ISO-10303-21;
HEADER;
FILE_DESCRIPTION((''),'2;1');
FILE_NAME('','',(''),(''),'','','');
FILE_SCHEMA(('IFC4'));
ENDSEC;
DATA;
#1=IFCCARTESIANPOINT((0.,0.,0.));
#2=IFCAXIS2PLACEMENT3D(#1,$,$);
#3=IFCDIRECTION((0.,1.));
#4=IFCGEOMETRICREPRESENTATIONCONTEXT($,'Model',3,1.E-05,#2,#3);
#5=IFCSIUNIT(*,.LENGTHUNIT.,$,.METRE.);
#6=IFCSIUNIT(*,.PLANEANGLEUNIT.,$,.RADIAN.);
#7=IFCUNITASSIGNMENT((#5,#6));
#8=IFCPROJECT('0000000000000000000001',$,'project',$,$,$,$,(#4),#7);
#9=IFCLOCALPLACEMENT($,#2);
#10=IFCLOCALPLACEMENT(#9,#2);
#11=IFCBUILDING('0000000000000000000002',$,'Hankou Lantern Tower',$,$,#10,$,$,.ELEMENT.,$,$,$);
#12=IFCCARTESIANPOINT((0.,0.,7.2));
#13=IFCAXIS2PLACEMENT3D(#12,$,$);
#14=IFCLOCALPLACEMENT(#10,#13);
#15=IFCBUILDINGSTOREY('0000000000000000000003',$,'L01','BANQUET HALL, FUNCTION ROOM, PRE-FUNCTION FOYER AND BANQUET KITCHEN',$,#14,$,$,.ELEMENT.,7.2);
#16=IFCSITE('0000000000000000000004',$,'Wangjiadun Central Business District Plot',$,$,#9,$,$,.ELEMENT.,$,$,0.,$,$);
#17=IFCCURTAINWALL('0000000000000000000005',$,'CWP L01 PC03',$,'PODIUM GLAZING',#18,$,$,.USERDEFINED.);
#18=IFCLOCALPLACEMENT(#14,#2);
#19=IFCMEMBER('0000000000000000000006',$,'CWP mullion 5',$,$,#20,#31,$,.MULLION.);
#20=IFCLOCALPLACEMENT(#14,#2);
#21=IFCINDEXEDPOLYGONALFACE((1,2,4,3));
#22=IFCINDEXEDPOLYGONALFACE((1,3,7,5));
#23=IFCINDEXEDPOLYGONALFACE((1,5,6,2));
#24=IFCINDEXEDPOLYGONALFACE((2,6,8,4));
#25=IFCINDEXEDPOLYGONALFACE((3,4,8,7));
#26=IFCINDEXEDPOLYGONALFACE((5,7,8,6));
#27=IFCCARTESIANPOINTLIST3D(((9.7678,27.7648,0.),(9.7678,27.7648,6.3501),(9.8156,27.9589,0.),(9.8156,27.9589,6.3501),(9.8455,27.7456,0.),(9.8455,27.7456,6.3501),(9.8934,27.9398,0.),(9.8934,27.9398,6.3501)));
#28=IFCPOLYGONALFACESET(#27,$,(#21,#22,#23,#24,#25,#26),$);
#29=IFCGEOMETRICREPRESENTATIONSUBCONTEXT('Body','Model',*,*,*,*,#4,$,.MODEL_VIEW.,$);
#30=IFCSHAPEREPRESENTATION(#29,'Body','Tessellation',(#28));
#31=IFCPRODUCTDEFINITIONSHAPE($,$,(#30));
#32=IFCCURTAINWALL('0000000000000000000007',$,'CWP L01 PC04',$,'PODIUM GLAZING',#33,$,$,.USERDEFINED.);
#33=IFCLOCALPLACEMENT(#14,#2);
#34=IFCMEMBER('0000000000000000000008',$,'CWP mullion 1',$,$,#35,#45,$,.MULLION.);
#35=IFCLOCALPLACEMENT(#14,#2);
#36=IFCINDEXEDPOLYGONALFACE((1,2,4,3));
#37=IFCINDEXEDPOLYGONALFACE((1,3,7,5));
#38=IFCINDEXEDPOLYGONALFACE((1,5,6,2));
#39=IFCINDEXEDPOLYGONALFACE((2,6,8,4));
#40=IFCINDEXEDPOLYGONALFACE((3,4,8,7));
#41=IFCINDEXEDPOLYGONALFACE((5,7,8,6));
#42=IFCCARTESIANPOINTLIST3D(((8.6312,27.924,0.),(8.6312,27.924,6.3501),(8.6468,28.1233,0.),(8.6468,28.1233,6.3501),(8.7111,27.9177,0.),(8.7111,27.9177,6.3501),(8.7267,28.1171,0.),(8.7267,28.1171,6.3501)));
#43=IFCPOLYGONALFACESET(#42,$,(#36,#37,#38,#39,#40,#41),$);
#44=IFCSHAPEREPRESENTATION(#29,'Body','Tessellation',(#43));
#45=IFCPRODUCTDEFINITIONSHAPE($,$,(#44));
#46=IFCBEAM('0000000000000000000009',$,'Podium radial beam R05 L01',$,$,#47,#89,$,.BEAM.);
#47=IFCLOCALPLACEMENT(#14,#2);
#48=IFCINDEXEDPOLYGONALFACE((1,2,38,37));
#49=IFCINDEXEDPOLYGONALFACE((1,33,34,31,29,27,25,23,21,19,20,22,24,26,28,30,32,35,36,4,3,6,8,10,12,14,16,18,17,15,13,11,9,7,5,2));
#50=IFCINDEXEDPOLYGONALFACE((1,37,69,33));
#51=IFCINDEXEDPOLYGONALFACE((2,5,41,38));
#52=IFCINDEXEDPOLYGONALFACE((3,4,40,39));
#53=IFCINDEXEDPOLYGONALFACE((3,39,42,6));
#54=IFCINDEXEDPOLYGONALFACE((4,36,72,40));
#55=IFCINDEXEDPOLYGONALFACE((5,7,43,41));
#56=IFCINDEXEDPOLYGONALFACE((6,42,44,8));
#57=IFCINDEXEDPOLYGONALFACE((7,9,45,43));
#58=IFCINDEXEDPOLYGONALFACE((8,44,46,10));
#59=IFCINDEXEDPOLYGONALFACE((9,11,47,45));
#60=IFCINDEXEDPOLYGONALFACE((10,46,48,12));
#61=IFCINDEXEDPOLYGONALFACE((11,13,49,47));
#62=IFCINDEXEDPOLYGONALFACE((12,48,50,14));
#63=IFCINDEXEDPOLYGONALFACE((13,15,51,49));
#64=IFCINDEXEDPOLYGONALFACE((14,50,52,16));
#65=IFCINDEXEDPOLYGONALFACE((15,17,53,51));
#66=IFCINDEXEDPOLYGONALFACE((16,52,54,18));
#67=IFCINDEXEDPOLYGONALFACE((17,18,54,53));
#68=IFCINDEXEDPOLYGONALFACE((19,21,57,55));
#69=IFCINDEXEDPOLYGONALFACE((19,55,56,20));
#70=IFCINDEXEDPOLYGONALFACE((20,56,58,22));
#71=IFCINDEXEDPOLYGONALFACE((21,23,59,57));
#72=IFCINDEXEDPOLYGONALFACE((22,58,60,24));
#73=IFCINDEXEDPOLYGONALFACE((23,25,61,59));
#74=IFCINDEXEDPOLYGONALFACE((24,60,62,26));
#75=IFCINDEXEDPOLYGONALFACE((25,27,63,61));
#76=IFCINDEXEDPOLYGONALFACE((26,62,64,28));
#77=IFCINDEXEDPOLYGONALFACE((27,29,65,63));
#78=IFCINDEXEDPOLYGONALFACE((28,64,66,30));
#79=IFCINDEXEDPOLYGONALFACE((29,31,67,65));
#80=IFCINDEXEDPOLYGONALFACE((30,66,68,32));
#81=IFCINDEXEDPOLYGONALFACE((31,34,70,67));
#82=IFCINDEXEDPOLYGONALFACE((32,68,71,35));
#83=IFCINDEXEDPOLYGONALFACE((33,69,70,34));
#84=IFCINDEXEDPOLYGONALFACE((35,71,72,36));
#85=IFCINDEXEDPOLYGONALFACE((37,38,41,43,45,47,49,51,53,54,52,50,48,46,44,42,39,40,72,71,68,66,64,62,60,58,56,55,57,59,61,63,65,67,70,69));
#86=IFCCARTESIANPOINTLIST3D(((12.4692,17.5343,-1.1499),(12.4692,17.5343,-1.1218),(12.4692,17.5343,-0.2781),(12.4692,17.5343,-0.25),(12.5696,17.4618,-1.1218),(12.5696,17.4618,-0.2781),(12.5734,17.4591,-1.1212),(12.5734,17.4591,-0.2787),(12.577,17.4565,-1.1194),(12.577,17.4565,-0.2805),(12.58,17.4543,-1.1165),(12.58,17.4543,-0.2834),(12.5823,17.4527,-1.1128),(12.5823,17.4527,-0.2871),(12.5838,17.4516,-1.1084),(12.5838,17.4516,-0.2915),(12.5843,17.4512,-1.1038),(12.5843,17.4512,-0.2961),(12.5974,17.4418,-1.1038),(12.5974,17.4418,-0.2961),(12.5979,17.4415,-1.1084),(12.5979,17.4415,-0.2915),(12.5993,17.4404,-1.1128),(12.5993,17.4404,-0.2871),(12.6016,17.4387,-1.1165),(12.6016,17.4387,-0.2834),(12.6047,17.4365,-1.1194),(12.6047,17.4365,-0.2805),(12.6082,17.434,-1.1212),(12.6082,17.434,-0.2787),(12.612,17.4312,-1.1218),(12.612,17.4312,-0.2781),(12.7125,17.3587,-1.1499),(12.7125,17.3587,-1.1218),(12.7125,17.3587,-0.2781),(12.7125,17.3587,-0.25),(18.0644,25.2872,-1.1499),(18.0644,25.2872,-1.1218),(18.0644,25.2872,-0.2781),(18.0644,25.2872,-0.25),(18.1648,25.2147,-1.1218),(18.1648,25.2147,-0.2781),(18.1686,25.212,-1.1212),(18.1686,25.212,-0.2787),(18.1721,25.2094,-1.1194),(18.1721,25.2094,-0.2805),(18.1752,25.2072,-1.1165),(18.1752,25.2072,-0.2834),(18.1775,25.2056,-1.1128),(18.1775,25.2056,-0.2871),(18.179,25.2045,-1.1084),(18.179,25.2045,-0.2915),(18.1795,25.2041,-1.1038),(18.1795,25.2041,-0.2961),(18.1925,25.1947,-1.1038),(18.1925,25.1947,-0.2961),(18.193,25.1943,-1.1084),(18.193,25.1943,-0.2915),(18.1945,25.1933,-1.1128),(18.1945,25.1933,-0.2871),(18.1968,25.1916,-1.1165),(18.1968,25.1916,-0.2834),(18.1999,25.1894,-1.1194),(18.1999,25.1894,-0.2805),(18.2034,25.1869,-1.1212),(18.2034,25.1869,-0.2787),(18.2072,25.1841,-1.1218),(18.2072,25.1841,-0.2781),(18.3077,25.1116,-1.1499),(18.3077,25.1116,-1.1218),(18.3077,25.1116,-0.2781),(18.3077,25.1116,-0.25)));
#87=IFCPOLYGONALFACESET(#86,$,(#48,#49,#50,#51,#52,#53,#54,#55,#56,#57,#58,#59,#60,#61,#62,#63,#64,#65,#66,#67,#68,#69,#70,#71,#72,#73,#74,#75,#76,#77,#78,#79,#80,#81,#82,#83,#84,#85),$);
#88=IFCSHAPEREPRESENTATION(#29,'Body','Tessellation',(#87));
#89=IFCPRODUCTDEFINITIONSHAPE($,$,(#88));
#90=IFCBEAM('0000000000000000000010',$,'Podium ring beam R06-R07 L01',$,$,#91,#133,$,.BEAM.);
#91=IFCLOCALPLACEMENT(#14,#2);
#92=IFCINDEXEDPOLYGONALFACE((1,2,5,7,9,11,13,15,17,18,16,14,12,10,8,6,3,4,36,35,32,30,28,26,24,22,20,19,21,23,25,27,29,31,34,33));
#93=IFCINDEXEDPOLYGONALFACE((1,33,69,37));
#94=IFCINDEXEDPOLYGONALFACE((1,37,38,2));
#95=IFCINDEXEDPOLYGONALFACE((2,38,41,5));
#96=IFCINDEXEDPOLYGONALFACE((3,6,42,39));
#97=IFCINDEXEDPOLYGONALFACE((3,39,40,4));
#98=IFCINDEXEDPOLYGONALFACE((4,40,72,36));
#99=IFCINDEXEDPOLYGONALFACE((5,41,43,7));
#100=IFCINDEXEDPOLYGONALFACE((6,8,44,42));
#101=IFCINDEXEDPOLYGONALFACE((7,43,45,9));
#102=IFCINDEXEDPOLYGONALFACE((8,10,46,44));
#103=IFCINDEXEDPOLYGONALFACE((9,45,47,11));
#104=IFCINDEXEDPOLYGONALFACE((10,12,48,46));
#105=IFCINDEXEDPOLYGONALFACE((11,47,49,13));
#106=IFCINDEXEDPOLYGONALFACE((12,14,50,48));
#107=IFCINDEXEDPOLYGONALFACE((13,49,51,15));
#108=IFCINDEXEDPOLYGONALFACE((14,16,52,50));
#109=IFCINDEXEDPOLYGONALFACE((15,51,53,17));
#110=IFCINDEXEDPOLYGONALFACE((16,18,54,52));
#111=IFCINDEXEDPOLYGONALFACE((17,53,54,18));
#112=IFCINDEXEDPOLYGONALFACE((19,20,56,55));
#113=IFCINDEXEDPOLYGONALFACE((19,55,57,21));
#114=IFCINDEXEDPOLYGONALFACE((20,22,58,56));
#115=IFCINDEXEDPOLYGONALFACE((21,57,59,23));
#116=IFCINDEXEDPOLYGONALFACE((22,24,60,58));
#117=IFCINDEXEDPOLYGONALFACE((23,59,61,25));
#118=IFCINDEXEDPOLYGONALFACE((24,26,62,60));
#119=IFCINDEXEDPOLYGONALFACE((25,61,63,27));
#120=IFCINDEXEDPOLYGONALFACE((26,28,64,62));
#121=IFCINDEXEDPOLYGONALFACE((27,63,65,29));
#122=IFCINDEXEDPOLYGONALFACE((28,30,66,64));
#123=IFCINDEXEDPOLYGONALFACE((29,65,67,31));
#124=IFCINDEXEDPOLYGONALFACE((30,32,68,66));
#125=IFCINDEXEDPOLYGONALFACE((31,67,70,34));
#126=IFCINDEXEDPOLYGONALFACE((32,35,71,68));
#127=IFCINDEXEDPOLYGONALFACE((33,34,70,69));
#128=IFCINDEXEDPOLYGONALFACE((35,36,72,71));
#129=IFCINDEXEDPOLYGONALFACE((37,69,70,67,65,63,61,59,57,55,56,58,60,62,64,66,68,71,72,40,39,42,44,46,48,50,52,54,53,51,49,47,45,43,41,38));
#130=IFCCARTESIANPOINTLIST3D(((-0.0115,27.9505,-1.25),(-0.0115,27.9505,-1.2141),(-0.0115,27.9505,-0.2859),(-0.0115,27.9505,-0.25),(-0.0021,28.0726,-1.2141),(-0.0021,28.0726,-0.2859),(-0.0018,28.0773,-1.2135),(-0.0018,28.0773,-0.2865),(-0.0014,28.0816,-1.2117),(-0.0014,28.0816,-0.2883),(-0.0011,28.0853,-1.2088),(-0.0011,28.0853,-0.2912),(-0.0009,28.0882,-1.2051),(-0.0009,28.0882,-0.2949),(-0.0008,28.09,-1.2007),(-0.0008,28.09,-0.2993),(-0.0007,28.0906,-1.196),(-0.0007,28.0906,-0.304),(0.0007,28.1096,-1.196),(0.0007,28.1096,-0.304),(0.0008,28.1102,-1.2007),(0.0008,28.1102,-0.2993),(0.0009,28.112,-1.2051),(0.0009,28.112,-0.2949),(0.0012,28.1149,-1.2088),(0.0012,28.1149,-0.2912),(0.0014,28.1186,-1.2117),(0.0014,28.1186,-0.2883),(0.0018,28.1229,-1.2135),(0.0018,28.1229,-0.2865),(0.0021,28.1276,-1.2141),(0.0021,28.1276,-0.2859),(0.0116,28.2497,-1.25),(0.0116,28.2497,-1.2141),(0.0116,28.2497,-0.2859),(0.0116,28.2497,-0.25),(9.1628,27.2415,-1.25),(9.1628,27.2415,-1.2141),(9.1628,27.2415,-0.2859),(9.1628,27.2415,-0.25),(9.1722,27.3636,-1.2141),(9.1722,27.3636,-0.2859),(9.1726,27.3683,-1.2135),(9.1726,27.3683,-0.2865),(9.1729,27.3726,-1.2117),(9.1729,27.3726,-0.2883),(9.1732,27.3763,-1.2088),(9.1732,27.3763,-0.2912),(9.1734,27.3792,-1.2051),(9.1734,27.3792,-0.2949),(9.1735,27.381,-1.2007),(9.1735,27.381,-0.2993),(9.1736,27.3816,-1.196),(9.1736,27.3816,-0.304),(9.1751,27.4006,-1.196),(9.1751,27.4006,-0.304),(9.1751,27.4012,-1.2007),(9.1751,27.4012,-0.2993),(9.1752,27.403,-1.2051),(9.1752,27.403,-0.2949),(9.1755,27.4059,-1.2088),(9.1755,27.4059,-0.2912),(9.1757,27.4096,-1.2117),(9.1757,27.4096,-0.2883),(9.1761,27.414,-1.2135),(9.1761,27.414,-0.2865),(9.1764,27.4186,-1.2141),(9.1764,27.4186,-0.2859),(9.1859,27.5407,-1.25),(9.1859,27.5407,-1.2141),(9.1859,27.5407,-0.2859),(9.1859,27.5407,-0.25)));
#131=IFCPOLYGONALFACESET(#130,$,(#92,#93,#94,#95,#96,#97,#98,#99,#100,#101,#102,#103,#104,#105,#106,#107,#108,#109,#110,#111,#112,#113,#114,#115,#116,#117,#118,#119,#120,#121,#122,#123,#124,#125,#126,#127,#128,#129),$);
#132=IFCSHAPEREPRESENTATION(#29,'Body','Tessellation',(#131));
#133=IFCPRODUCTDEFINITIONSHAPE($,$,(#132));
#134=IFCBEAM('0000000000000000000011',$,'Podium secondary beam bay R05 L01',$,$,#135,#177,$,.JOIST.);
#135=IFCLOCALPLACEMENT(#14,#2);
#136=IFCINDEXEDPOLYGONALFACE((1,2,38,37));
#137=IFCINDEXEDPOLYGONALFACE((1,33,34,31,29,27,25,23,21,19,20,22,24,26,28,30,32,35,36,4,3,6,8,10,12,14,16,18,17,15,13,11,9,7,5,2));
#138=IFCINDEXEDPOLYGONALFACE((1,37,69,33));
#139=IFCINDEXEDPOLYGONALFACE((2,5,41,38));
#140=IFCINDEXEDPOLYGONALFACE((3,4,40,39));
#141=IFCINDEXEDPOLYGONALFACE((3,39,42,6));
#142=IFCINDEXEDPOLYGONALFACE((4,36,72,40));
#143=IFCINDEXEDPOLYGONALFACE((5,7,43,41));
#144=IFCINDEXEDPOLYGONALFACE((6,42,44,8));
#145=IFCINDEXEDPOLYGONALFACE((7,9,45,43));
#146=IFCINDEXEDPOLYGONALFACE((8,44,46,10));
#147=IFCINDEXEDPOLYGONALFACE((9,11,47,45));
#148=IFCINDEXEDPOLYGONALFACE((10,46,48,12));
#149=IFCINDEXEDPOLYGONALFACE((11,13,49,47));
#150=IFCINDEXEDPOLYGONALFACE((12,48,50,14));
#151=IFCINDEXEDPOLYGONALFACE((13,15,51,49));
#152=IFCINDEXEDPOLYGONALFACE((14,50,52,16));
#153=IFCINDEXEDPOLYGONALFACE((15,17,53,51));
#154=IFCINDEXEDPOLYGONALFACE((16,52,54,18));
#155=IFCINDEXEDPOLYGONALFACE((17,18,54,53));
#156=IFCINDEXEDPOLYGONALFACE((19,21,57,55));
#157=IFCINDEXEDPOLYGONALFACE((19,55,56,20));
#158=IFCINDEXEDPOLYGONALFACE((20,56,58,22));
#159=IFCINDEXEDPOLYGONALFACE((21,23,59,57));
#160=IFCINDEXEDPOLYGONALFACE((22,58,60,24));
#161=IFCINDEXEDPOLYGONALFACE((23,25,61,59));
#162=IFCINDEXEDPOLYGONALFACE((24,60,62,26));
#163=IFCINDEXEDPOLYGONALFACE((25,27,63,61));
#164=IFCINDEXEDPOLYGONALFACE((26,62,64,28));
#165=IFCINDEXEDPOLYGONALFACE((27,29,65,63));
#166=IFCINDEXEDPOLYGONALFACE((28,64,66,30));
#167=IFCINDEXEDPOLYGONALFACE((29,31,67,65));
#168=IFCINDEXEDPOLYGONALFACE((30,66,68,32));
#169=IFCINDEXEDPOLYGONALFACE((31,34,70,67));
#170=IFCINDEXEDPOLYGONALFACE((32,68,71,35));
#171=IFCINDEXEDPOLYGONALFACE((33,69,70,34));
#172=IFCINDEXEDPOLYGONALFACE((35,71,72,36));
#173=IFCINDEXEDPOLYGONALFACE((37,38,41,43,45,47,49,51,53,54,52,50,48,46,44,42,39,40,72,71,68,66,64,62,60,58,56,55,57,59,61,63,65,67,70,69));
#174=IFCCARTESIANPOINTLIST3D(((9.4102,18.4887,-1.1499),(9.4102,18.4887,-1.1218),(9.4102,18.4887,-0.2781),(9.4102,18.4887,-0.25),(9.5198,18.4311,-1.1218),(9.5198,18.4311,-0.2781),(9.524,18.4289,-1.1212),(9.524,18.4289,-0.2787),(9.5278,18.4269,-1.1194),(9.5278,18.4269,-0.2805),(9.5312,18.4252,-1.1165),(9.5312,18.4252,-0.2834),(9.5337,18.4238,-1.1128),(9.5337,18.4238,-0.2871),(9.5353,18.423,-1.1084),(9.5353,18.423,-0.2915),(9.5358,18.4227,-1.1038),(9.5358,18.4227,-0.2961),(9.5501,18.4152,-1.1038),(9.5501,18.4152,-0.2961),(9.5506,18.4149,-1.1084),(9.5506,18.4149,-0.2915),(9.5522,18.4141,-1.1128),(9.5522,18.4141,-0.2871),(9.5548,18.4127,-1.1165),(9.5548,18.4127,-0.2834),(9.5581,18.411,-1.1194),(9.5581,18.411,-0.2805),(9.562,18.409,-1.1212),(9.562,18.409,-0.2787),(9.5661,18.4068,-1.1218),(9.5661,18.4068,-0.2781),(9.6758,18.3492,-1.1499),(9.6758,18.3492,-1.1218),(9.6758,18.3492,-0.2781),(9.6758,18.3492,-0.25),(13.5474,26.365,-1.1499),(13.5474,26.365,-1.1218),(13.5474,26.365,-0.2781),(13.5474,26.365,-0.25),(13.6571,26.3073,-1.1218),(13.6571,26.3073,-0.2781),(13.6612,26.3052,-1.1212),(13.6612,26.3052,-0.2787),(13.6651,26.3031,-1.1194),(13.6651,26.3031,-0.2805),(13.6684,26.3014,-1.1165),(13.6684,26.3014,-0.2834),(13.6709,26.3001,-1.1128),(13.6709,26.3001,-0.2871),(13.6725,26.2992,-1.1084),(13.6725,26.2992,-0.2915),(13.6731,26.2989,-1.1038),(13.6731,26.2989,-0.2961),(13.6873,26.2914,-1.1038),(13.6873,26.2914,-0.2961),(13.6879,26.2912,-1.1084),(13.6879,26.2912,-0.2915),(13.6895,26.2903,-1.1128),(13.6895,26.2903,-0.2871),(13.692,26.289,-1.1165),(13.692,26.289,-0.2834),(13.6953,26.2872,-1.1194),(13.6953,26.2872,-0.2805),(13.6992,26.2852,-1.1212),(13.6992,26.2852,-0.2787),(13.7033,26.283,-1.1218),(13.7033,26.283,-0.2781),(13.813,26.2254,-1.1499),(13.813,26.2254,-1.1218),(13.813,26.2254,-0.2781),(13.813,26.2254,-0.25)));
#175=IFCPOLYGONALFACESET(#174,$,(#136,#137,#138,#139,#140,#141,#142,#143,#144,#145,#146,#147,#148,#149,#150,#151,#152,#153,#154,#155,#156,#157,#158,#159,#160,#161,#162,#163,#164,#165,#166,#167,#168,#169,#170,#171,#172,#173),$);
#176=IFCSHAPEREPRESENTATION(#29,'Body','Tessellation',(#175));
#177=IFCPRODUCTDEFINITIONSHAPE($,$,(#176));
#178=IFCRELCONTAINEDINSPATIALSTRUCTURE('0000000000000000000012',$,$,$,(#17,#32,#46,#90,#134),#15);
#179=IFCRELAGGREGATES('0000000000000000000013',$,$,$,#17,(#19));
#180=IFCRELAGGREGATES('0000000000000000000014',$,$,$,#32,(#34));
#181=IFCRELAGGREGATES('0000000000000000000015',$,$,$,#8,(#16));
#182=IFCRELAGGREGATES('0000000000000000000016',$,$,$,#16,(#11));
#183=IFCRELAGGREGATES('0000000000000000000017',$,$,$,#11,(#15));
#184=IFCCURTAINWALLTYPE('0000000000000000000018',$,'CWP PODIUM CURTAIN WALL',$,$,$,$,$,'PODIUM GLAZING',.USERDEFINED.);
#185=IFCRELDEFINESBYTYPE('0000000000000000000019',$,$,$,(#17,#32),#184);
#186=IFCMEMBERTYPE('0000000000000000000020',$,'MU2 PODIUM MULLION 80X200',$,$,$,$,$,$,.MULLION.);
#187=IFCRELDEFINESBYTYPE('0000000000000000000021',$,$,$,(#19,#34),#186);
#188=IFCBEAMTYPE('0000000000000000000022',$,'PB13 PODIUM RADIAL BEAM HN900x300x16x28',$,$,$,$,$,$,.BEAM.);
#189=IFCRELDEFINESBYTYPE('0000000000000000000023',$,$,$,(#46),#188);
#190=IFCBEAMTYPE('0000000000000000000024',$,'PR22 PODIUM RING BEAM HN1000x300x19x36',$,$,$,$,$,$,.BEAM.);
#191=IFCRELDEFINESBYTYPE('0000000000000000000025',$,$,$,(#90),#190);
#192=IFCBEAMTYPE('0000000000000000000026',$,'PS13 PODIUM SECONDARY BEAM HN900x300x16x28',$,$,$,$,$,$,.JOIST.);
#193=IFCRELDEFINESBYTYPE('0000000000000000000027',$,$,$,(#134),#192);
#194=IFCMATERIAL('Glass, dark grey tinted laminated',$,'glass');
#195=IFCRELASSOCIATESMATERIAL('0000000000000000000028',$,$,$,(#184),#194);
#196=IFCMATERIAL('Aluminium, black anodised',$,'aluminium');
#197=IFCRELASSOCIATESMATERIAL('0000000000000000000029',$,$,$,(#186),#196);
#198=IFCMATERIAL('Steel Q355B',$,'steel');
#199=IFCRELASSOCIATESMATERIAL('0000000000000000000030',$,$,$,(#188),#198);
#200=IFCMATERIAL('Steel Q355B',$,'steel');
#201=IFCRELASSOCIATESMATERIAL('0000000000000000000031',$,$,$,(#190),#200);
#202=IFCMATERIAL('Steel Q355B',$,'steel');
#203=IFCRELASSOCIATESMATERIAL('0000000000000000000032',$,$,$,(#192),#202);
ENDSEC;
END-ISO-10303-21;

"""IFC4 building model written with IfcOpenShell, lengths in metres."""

from ifc_helpers import new_model, si_unit, direction, frame, origin, origin_2d, place, context, subcontext, project, spatial, rectangle, i_section, extrude, material, material_profile, profile_set, type_object, element, aggregate, save


model = new_model("IFC4")

# Units and contexts
model_context = context("Model", 3, precision=1e-05, world=origin(), true_north=direction((0.0, 1.0)))
body_context = subcontext(model_context, "Body", "Model", "MODEL_VIEW")
ifc_project = project(units=[si_unit("LENGTHUNIT", "METRE"), si_unit("PLANEANGLEUNIT", "RADIAN")], contexts=[model_context])

# Site, building, storey
site_placement = place(None, origin())
site = spatial("IfcSite", under=ifc_project, at=site_placement, Name="Wangjiadun Central Business District Plot", CompositionType="ELEMENT", RefElevation=0.0)
building_placement = place(site_placement, origin())
building = spatial("IfcBuilding", under=site, at=building_placement, Name="Hankou Lantern Tower", CompositionType="ELEMENT")
storey_placement = place(building_placement, frame((0.0, 0.0, 7.2)))
storey = spatial("IfcBuildingStorey", under=building, at=storey_placement, Name="L01", Description="BANQUET HALL, FUNCTION ROOM, PRE-FUNCTION FOYER AND BANQUET KITCHEN", CompositionType="ELEMENT", Elevation=7.2)

# Curtain wall, member
ifc_material_1 = material(Name="Glass, dark grey tinted laminated", Category="glass")
curtain_wall_type = type_object("IfcCurtainWallType", Name="CWP PODIUM CURTAIN WALL", ElementType="PODIUM GLAZING", PredefinedType="USERDEFINED", material=ifc_material_1)
curtain_wall_1_placement = place(storey_placement, origin())
curtain_wall_1 = element("IfcCurtainWall", 1, at=curtain_wall_1_placement, inside=storey, type_object=curtain_wall_type, Name="CWP L01 PC03", ObjectType="PODIUM GLAZING", PredefinedType="USERDEFINED")
ifc_material_2 = material(Name="Aluminium, black anodised", Category="aluminium")
ifc_material_profile_1 = material_profile(ifc_material_2, rectangle(XDim=0.0801, YDim=0.2, at=origin_2d()), Name="MU2 80X200")
ifc_profile_set_1 = profile_set([ifc_material_profile_1], Name="Aluminium, black anodised")
member_type_1 = type_object("IfcMemberType", Name="MU2 PODIUM MULLION 80X200", PredefinedType="MULLION", material=ifc_profile_set_1)
member_1_placement = place(storey_placement, frame((9.8306, 27.8523, 0.0), z_axis=(0.0, 0.0, 1.0), x_axis=(-0.970961, 0.239238, 0.0)))
member_1 = element("IfcMember", 2, at=member_1_placement, type_object=member_type_1, Name="CWP mullion 5", PredefinedType="MULLION", context=body_context, shape_type="SweptSolid", body=[
    extrude(rectangle(XDim=0.0801, YDim=0.2, at=origin_2d()), origin(), (0.0, 0.0, 1.0), 6.3501),
])

# Curtain wall, member
curtain_wall_2_placement = place(storey_placement, origin())
curtain_wall_2 = element("IfcCurtainWall", 3, at=curtain_wall_2_placement, inside=storey, type_object=curtain_wall_type, Name="CWP L01 PC04", ObjectType="PODIUM GLAZING", PredefinedType="USERDEFINED")
member_2_placement = place(storey_placement, frame((8.679, 28.0205, 0.0), z_axis=(0.0, 0.0, 1.0), x_axis=(-0.996949, 0.078062, 0.0)))
member_2 = element("IfcMember", 4, at=member_2_placement, type_object=member_type_1, Name="CWP mullion 1", PredefinedType="MULLION", context=body_context, shape_type="SweptSolid", body=[
    extrude(rectangle(XDim=0.0801, YDim=0.2, at=origin_2d()), origin(), (0.0, 0.0, 1.0), 6.3501),
])

# Beams
ifc_material_3 = material(Name="Steel Q355B", Category="steel")
ifc_material_profile_2 = material_profile(ifc_material_3, i_section(OverallWidth=0.3, OverallDepth=0.8999, WebThickness=0.0161, FlangeThickness=0.0281, FilletRadius=0.0181, at=origin_2d()), Name="HN900x300x16x28")
ifc_profile_set_2 = profile_set([ifc_material_profile_2], Name="Steel Q355B")
beam_type_1 = type_object("IfcBeamType", Name="PB13 PODIUM RADIAL BEAM HN900x300x16x28", PredefinedType="BEAM", material=ifc_profile_set_2)
beam_1_placement = place(storey_placement, frame((12.5908, 17.4465, -0.7), z_axis=(0.585207, 0.810884, 0.0), x_axis=(-0.810884, 0.585207, 0.0)))
element("IfcBeam", 5, at=beam_1_placement, inside=storey, type_object=beam_type_1, Name="Podium radial beam R05 L01", PredefinedType="BEAM", context=body_context, shape_type="SweptSolid", body=[
    extrude(i_section(OverallWidth=0.3, OverallDepth=0.8999, WebThickness=0.0161, FlangeThickness=0.0281, FilletRadius=0.0181, at=origin_2d()), origin(), (0.0, 0.0, 1.0), 9.561),
])
ifc_material_4 = material(Name="Steel Q355B", Category="steel")
ifc_material_profile_3 = material_profile(ifc_material_4, i_section(OverallWidth=0.3, OverallDepth=1.0, WebThickness=0.019, FlangeThickness=0.0359, FilletRadius=0.0181, at=origin_2d()), Name="HN1000x300x19x36")
ifc_profile_set_3 = profile_set([ifc_material_profile_3], Name="Steel Q355B")
beam_type_2 = type_object("IfcBeamType", Name="PR22 PODIUM RING BEAM HN1000x300x19x36", PredefinedType="BEAM", material=ifc_profile_set_3)
beam_2_placement = place(storey_placement, frame((9.1743, 27.3911, -0.75), z_axis=(-0.997027, 0.07705, 0.0), x_axis=(-0.07705, -0.997027, 0.0)))
element("IfcBeam", 6, at=beam_2_placement, inside=storey, type_object=beam_type_2, Name="Podium ring beam R06-R07 L01", PredefinedType="BEAM", context=body_context, shape_type="SweptSolid", body=[
    extrude(i_section(OverallWidth=0.3, OverallDepth=1.0, WebThickness=0.019, FlangeThickness=0.0359, FilletRadius=0.0181, at=origin_2d()), origin(), (0.0, 0.0, 1.0), 9.2017),
])
ifc_material_5 = material(Name="Steel Q355B", Category="steel")
ifc_material_profile_4 = material_profile(ifc_material_5, i_section(OverallWidth=0.3, OverallDepth=0.8999, WebThickness=0.0161, FlangeThickness=0.0281, FilletRadius=0.0181, at=origin_2d()), Name="HN900x300x16x28")
ifc_profile_set_4 = profile_set([ifc_material_profile_4], Name="Steel Q355B")
beam_type_3 = type_object("IfcBeamType", Name="PS13 PODIUM SECONDARY BEAM HN900x300x16x28", PredefinedType="JOIST", material=ifc_profile_set_4)
beam_3_placement = place(storey_placement, frame((9.543, 18.4189, -0.7), z_axis=(0.465027, 0.885297, 0.0), x_axis=(-0.885297, 0.465027, 0.0)))
element("IfcBeam", 7, at=beam_3_placement, inside=storey, type_object=beam_type_3, Name="Podium secondary beam bay R05 L01", PredefinedType="JOIST", context=body_context, shape_type="SweptSolid", body=[
    extrude(i_section(OverallWidth=0.3, OverallDepth=0.8999, WebThickness=0.0161, FlangeThickness=0.0281, FilletRadius=0.0181, at=origin_2d()), origin(), (0.0, 0.0, 1.0), 8.8967),
])

aggregate(curtain_wall_1, [member_1])
aggregate(curtain_wall_2, [member_2])

save(model, "model.ifc")
